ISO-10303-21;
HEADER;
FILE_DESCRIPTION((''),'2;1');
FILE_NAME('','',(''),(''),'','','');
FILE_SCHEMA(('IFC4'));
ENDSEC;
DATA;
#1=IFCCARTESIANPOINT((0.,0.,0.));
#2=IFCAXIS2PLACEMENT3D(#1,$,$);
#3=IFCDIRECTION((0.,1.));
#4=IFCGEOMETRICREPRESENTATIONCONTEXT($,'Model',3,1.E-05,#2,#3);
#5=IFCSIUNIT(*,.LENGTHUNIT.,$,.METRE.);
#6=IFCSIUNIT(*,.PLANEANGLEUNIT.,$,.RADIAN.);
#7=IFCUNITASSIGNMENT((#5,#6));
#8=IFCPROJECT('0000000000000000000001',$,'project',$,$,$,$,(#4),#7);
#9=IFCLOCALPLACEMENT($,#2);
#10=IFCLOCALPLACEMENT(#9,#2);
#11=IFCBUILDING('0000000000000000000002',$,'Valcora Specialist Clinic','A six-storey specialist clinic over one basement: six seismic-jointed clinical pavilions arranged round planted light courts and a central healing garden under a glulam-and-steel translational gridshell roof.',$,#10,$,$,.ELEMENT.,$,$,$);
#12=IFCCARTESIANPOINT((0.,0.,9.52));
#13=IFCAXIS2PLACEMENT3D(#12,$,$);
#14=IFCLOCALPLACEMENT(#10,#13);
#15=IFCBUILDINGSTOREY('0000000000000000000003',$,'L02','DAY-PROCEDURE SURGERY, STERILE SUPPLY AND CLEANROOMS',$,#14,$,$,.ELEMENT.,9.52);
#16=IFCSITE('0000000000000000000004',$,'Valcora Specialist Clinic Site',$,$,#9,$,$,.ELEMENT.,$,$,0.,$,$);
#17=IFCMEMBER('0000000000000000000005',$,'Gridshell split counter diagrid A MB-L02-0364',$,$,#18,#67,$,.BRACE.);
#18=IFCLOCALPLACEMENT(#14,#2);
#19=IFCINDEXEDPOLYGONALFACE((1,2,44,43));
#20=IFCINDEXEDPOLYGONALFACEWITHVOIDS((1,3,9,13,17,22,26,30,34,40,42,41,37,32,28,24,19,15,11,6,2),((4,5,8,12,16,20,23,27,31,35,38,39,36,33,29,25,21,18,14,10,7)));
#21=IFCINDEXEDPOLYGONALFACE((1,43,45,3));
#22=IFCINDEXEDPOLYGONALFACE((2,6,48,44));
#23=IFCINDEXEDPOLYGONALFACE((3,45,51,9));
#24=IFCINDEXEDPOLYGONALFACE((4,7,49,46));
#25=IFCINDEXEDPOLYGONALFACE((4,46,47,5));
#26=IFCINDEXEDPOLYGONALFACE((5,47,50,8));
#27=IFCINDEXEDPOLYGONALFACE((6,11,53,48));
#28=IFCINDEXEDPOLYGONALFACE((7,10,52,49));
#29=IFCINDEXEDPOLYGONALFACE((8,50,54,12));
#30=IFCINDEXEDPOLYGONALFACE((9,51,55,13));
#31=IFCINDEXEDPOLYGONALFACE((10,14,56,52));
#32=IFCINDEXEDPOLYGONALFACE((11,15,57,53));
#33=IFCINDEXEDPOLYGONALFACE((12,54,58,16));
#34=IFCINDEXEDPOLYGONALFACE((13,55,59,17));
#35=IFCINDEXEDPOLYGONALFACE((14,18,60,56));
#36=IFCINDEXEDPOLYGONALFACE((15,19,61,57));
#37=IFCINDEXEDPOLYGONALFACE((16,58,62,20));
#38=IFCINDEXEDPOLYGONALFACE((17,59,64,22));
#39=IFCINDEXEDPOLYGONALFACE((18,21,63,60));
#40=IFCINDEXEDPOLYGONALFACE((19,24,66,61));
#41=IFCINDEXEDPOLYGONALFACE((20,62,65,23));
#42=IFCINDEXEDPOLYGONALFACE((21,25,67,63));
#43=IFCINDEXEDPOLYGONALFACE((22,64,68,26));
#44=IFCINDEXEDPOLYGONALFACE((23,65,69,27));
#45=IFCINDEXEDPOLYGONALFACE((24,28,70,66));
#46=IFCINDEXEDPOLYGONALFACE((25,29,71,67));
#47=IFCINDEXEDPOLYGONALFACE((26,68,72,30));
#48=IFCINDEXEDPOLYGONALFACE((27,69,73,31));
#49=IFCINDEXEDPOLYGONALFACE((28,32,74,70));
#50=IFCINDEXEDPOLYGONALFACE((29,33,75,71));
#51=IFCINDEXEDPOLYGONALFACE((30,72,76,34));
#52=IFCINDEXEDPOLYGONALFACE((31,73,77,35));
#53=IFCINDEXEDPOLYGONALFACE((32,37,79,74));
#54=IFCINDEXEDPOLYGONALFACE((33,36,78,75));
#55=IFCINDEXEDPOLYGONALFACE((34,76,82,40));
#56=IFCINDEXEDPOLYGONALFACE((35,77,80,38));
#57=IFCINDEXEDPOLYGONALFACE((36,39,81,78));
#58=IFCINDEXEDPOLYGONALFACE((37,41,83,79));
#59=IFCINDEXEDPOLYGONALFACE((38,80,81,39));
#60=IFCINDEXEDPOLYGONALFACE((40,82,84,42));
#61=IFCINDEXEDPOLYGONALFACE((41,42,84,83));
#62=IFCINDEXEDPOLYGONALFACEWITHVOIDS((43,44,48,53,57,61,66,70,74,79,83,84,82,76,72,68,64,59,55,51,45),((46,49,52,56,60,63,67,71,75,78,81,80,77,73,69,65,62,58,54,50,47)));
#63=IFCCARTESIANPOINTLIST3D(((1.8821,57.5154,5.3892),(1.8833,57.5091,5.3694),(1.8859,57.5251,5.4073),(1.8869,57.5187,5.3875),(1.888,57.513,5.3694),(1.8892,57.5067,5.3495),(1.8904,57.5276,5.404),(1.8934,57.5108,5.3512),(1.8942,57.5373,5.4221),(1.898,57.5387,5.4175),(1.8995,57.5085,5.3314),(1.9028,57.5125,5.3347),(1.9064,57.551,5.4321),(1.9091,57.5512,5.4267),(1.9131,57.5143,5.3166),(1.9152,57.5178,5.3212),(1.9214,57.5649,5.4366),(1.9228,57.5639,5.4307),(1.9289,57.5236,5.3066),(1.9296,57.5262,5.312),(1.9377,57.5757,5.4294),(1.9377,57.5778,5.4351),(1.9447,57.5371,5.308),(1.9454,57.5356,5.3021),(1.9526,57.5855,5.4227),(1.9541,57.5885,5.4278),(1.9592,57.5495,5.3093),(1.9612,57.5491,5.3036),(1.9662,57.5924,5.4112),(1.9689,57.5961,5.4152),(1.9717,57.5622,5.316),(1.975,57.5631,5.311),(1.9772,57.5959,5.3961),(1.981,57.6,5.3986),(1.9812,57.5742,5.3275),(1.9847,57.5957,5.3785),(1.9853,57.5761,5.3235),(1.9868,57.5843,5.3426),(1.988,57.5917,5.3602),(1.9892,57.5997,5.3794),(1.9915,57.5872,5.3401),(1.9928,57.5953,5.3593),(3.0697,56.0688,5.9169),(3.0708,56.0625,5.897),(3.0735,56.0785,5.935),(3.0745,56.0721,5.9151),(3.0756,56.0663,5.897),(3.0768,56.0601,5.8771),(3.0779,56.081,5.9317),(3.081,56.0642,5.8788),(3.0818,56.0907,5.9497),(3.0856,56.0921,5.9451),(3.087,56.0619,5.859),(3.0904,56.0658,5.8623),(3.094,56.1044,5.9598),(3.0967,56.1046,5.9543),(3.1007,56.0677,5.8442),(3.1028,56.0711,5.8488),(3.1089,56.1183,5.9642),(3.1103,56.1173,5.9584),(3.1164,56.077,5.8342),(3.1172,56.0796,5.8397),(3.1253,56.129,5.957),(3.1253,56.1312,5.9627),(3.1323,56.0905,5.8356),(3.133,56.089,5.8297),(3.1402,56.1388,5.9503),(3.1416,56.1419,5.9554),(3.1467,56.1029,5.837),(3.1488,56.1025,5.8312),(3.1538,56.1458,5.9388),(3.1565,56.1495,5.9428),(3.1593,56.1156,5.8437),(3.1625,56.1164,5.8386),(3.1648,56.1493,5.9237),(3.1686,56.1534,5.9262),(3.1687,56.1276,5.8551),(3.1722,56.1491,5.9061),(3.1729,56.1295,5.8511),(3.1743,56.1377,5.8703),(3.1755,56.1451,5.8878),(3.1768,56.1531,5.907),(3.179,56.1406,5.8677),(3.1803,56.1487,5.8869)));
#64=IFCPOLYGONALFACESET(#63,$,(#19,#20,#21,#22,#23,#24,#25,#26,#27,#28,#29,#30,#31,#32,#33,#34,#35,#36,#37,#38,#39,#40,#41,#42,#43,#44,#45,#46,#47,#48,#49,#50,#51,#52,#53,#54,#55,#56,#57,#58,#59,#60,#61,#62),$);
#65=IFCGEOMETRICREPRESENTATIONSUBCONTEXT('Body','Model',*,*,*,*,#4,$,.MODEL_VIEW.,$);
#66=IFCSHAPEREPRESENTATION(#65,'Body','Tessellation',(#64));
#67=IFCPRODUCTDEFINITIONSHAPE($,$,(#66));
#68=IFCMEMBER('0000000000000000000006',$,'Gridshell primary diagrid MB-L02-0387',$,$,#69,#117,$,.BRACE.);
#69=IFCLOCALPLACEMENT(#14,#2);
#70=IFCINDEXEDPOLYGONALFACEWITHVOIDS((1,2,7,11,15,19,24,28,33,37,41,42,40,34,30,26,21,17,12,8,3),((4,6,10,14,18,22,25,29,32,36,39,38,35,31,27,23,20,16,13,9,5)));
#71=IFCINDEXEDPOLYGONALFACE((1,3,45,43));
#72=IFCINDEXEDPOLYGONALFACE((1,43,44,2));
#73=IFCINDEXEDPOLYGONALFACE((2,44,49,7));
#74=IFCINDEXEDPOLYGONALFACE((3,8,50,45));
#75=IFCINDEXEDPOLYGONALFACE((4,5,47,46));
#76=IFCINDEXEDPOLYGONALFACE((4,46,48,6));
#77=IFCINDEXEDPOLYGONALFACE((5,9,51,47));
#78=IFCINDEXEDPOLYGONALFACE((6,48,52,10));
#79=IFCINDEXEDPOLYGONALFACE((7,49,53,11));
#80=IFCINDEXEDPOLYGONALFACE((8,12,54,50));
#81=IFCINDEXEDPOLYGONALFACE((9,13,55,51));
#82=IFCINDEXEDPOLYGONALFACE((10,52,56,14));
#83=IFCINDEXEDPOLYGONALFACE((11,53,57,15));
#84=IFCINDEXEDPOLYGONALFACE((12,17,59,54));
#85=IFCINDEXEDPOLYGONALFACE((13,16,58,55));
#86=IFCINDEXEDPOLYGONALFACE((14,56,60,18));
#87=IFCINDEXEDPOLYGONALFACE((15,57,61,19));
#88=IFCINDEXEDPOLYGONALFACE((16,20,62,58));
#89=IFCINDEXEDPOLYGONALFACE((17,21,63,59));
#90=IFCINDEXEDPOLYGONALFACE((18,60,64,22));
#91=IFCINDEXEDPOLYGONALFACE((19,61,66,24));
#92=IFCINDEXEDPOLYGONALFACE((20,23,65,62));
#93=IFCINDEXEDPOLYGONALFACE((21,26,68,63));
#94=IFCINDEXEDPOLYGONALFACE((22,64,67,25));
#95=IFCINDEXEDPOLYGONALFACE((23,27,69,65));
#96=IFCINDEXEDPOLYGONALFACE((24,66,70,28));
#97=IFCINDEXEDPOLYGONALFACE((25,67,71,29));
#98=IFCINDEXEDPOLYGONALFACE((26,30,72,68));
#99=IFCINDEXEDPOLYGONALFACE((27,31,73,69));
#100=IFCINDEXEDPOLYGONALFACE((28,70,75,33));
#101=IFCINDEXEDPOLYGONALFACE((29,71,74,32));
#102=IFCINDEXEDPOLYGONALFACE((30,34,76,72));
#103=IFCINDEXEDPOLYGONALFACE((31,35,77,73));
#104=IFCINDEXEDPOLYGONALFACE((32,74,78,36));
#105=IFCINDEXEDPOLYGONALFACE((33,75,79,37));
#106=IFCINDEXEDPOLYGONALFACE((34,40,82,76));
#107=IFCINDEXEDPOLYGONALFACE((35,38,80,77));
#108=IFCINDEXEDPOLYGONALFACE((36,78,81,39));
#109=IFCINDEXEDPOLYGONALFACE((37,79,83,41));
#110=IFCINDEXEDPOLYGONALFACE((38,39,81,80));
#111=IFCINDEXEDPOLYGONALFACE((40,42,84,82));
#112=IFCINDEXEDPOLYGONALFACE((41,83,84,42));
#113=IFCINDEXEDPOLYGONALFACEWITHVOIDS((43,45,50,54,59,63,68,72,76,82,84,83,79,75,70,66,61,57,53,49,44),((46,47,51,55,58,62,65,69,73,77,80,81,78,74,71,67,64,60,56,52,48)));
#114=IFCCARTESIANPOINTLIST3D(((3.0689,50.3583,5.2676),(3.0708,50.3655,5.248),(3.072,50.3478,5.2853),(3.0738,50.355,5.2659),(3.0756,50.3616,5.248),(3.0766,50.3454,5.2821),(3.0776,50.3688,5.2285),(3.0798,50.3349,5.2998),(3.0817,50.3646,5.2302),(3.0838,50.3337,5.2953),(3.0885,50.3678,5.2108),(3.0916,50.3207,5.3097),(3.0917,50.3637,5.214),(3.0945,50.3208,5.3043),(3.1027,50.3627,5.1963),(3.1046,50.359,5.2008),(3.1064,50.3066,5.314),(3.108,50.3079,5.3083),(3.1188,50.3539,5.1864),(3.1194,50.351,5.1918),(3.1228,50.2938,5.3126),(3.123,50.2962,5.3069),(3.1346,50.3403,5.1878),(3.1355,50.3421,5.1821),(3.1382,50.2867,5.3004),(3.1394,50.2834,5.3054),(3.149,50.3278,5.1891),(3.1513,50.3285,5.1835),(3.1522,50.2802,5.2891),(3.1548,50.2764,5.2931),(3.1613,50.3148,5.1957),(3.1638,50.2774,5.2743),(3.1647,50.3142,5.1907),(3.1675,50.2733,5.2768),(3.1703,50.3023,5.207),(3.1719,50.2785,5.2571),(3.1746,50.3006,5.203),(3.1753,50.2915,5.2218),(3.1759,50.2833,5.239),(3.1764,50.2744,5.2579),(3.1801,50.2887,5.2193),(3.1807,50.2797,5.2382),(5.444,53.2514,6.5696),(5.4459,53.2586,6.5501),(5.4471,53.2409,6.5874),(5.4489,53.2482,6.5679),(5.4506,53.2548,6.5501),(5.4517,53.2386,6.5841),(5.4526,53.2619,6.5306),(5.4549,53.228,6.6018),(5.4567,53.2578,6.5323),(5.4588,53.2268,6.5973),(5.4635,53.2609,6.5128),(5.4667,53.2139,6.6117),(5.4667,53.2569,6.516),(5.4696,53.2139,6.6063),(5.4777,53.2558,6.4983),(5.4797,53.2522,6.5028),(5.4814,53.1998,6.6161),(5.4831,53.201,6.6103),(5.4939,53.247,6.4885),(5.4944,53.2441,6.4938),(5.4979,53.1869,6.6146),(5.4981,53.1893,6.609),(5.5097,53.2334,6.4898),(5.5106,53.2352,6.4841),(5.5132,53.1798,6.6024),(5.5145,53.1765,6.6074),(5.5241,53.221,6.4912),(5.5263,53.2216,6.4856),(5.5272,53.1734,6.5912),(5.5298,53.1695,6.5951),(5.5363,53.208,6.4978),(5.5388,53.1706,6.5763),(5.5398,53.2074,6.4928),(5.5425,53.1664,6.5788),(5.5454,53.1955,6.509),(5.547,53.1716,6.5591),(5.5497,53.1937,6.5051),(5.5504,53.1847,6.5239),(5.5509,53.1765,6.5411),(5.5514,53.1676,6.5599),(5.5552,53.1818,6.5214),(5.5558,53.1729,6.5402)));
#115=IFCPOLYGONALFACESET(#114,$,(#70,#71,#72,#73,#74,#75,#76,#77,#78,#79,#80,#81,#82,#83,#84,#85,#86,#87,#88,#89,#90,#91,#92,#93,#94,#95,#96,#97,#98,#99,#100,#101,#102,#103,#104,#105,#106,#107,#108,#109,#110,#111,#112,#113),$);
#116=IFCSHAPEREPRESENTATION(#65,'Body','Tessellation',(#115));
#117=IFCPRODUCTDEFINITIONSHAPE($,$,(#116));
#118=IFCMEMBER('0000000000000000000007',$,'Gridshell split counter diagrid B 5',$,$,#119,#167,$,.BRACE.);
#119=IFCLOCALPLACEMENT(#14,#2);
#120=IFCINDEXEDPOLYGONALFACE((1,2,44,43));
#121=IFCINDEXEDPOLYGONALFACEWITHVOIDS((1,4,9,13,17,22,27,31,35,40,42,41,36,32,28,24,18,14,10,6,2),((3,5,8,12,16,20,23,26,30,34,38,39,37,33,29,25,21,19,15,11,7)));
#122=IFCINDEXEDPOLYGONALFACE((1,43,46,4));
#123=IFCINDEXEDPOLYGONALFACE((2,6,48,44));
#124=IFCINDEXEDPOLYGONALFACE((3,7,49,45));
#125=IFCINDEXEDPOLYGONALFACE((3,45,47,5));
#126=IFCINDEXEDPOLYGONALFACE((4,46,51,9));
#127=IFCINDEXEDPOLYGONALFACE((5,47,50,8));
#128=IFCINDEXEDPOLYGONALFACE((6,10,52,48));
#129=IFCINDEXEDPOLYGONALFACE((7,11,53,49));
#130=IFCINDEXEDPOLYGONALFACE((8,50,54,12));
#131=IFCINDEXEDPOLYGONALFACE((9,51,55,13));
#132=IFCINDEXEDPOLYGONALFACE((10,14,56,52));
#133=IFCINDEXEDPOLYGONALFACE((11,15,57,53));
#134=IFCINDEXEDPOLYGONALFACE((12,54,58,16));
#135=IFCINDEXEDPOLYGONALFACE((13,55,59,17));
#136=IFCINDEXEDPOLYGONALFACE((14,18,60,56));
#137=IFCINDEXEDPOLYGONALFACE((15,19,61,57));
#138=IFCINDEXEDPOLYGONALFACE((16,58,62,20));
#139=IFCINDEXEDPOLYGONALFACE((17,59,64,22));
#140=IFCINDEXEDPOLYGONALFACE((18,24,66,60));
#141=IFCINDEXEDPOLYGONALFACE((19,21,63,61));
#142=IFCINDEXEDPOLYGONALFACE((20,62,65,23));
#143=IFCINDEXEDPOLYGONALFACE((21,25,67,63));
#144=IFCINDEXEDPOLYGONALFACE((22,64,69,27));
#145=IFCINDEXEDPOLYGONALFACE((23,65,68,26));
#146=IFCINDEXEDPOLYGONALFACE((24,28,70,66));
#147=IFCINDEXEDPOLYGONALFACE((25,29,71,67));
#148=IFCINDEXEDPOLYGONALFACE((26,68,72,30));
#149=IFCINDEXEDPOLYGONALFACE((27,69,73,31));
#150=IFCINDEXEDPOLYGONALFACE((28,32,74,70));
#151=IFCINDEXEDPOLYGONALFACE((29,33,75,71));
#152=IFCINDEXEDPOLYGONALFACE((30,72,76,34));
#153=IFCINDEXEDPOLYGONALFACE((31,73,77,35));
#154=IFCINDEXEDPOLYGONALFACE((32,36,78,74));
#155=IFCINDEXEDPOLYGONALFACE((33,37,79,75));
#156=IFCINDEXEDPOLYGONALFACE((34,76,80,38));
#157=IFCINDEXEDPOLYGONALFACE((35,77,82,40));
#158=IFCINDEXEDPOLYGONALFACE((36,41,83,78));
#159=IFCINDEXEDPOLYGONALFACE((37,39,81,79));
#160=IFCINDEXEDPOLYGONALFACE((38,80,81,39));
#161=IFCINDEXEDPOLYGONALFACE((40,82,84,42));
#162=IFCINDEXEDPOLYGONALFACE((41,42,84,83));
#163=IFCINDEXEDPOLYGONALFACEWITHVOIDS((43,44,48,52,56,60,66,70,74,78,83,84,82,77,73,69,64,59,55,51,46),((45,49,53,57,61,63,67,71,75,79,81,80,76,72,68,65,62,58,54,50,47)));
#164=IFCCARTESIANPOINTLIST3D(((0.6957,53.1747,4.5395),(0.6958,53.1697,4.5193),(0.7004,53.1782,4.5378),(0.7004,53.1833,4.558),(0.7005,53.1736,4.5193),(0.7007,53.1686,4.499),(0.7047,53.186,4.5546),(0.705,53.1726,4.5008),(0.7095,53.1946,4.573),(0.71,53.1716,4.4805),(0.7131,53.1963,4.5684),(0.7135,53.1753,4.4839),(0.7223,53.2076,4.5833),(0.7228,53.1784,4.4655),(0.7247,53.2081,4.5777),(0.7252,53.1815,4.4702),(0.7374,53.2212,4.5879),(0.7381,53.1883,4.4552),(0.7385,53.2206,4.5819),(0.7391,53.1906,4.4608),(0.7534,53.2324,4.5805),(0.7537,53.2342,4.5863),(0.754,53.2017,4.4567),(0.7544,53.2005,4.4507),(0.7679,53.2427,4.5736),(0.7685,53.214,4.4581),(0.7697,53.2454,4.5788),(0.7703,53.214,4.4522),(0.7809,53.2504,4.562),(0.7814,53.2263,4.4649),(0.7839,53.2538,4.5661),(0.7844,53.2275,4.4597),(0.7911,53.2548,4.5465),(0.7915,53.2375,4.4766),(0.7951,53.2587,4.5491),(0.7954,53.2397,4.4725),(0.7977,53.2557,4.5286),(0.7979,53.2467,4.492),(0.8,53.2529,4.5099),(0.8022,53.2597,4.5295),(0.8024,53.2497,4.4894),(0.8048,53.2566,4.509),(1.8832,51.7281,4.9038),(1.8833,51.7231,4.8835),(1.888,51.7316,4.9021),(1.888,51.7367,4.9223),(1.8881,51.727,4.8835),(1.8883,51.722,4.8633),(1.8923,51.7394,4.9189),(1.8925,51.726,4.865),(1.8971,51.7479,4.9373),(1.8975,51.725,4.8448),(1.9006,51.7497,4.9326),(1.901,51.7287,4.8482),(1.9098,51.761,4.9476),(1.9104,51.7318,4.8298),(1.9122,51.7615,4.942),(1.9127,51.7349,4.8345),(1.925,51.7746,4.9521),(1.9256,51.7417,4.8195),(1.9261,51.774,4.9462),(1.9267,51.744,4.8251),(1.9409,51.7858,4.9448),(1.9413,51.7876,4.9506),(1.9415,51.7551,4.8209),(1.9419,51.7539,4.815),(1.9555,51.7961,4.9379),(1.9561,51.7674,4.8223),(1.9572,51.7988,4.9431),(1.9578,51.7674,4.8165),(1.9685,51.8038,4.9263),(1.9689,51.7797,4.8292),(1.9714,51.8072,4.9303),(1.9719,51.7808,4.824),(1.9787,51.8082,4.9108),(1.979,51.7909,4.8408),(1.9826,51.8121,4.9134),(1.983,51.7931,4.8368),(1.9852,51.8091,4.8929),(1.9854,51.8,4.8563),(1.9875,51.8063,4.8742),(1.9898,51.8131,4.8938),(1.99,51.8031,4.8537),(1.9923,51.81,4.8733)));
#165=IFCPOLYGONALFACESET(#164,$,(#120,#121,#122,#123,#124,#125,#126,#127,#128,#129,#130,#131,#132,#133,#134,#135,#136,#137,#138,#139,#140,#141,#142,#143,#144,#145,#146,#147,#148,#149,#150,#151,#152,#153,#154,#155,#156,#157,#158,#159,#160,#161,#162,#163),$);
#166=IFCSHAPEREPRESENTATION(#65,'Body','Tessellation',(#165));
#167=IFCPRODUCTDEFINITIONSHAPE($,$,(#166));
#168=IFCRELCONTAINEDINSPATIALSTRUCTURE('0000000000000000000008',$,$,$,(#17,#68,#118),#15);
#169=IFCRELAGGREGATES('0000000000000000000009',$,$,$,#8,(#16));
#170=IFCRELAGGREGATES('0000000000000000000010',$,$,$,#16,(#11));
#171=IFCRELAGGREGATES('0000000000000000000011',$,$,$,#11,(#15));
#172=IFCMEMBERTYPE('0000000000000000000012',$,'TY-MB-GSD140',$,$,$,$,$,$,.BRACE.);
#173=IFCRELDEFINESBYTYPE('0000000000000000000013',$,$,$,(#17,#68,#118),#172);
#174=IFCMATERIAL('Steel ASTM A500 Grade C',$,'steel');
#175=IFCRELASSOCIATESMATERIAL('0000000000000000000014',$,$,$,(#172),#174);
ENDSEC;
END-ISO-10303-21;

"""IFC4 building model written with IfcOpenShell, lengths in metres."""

from ifc_helpers import new_model, si_unit, direction, frame, origin, origin_2d, place, context, subcontext, project, spatial, hollow_circle, extrude, material, material_profile, profile_set, type_object, element, save


model = new_model("IFC4")

# Units and contexts
model_context = context("Model", 3, precision=1e-05, world=origin(), true_north=direction((0.0, 1.0)))
body_context = subcontext(model_context, "Body", "Model", "MODEL_VIEW")
ifc_project = project(units=[si_unit("LENGTHUNIT", "METRE"), si_unit("PLANEANGLEUNIT", "RADIAN")], contexts=[model_context])

# Site, building, storey
site_placement = place(None, origin())
site = spatial("IfcSite", under=ifc_project, at=site_placement, Name="Valcora Specialist Clinic Site", CompositionType="ELEMENT", RefElevation=0.0)
building_placement = place(site_placement, origin())
building = spatial("IfcBuilding", under=site, at=building_placement, Name="Valcora Specialist Clinic", Description="A six-storey specialist clinic over one basement: six seismic-jointed clinical pavilions arranged round planted light courts and a central healing garden under a glulam-and-steel translational gridshell roof.", CompositionType="ELEMENT")
storey_placement = place(building_placement, frame((0.0, 0.0, 9.52)))
storey = spatial("IfcBuildingStorey", under=building, at=storey_placement, Name="L02", Description="DAY-PROCEDURE SURGERY, STERILE SUPPLY AND CLEANROOMS", CompositionType="ELEMENT", Elevation=9.52)

# Members
ifc_material_1 = material(Name="Steel ASTM A500 Grade C", Category="steel")
ifc_material_profile_1 = material_profile(ifc_material_1, hollow_circle(Radius=0.0701, WallThickness=0.0061, at=origin_2d()), Name="ST-CHS-140X6")
ifc_profile_set_1 = profile_set([ifc_material_profile_1], Name="Steel ASTM A500 Grade C")
member_type_1 = type_object("IfcMemberType", Name="TY-MB-GSD140", PredefinedType="BRACE", material=ifc_profile_set_1)
member_1_placement = place(storey_placement, frame((3.125, 56.1069, 5.897), z_axis=(-0.610706, 0.743922, -0.271327), x_axis=(-0.772916, -0.634508, 0.0)))
element("IfcMember", 1, at=member_1_placement, inside=storey, type_object=member_type_1, Name="Gridshell split counter diagrid A MB-L02-0364", PredefinedType="BRACE", context=body_context, shape_type="SweptSolid", body=[
    extrude(hollow_circle(Radius=0.0701, WallThickness=0.0061, at=origin_2d()), origin(), (0.0, 0.0, 1.0), 1.9446),
])
member_2_placement = place(storey_placement, frame((3.125, 50.321, 5.248), z_axis=(0.599288, 0.730012, 0.328536), x_axis=(-0.772916, 0.634508, 0.0)))
element("IfcMember", 2, at=member_2_placement, inside=storey, type_object=member_type_1, Name="Gridshell primary diagrid MB-L02-0387", PredefinedType="BRACE", context=body_context, shape_type="SweptSolid", body=[
    extrude(hollow_circle(Radius=0.0701, WallThickness=0.0061, at=origin_2d()), origin(), (0.0, 0.0, 1.0), 3.9631),
])
member_3_placement = place(storey_placement, frame((1.9375, 51.7676, 4.8835), z_axis=(-0.622821, 0.75868, -0.191046), x_axis=(-0.772916, -0.634508, 0.0)))
element("IfcMember", 3, at=member_3_placement, inside=storey, type_object=member_type_1, Name="Gridshell split counter diagrid B 5", PredefinedType="BRACE", context=body_context, shape_type="SweptSolid", body=[
    extrude(hollow_circle(Radius=0.0701, WallThickness=0.0061, at=origin_2d()), origin(), (0.0, 0.0, 1.0), 1.9067),
])

save(model, "model.ifc")
